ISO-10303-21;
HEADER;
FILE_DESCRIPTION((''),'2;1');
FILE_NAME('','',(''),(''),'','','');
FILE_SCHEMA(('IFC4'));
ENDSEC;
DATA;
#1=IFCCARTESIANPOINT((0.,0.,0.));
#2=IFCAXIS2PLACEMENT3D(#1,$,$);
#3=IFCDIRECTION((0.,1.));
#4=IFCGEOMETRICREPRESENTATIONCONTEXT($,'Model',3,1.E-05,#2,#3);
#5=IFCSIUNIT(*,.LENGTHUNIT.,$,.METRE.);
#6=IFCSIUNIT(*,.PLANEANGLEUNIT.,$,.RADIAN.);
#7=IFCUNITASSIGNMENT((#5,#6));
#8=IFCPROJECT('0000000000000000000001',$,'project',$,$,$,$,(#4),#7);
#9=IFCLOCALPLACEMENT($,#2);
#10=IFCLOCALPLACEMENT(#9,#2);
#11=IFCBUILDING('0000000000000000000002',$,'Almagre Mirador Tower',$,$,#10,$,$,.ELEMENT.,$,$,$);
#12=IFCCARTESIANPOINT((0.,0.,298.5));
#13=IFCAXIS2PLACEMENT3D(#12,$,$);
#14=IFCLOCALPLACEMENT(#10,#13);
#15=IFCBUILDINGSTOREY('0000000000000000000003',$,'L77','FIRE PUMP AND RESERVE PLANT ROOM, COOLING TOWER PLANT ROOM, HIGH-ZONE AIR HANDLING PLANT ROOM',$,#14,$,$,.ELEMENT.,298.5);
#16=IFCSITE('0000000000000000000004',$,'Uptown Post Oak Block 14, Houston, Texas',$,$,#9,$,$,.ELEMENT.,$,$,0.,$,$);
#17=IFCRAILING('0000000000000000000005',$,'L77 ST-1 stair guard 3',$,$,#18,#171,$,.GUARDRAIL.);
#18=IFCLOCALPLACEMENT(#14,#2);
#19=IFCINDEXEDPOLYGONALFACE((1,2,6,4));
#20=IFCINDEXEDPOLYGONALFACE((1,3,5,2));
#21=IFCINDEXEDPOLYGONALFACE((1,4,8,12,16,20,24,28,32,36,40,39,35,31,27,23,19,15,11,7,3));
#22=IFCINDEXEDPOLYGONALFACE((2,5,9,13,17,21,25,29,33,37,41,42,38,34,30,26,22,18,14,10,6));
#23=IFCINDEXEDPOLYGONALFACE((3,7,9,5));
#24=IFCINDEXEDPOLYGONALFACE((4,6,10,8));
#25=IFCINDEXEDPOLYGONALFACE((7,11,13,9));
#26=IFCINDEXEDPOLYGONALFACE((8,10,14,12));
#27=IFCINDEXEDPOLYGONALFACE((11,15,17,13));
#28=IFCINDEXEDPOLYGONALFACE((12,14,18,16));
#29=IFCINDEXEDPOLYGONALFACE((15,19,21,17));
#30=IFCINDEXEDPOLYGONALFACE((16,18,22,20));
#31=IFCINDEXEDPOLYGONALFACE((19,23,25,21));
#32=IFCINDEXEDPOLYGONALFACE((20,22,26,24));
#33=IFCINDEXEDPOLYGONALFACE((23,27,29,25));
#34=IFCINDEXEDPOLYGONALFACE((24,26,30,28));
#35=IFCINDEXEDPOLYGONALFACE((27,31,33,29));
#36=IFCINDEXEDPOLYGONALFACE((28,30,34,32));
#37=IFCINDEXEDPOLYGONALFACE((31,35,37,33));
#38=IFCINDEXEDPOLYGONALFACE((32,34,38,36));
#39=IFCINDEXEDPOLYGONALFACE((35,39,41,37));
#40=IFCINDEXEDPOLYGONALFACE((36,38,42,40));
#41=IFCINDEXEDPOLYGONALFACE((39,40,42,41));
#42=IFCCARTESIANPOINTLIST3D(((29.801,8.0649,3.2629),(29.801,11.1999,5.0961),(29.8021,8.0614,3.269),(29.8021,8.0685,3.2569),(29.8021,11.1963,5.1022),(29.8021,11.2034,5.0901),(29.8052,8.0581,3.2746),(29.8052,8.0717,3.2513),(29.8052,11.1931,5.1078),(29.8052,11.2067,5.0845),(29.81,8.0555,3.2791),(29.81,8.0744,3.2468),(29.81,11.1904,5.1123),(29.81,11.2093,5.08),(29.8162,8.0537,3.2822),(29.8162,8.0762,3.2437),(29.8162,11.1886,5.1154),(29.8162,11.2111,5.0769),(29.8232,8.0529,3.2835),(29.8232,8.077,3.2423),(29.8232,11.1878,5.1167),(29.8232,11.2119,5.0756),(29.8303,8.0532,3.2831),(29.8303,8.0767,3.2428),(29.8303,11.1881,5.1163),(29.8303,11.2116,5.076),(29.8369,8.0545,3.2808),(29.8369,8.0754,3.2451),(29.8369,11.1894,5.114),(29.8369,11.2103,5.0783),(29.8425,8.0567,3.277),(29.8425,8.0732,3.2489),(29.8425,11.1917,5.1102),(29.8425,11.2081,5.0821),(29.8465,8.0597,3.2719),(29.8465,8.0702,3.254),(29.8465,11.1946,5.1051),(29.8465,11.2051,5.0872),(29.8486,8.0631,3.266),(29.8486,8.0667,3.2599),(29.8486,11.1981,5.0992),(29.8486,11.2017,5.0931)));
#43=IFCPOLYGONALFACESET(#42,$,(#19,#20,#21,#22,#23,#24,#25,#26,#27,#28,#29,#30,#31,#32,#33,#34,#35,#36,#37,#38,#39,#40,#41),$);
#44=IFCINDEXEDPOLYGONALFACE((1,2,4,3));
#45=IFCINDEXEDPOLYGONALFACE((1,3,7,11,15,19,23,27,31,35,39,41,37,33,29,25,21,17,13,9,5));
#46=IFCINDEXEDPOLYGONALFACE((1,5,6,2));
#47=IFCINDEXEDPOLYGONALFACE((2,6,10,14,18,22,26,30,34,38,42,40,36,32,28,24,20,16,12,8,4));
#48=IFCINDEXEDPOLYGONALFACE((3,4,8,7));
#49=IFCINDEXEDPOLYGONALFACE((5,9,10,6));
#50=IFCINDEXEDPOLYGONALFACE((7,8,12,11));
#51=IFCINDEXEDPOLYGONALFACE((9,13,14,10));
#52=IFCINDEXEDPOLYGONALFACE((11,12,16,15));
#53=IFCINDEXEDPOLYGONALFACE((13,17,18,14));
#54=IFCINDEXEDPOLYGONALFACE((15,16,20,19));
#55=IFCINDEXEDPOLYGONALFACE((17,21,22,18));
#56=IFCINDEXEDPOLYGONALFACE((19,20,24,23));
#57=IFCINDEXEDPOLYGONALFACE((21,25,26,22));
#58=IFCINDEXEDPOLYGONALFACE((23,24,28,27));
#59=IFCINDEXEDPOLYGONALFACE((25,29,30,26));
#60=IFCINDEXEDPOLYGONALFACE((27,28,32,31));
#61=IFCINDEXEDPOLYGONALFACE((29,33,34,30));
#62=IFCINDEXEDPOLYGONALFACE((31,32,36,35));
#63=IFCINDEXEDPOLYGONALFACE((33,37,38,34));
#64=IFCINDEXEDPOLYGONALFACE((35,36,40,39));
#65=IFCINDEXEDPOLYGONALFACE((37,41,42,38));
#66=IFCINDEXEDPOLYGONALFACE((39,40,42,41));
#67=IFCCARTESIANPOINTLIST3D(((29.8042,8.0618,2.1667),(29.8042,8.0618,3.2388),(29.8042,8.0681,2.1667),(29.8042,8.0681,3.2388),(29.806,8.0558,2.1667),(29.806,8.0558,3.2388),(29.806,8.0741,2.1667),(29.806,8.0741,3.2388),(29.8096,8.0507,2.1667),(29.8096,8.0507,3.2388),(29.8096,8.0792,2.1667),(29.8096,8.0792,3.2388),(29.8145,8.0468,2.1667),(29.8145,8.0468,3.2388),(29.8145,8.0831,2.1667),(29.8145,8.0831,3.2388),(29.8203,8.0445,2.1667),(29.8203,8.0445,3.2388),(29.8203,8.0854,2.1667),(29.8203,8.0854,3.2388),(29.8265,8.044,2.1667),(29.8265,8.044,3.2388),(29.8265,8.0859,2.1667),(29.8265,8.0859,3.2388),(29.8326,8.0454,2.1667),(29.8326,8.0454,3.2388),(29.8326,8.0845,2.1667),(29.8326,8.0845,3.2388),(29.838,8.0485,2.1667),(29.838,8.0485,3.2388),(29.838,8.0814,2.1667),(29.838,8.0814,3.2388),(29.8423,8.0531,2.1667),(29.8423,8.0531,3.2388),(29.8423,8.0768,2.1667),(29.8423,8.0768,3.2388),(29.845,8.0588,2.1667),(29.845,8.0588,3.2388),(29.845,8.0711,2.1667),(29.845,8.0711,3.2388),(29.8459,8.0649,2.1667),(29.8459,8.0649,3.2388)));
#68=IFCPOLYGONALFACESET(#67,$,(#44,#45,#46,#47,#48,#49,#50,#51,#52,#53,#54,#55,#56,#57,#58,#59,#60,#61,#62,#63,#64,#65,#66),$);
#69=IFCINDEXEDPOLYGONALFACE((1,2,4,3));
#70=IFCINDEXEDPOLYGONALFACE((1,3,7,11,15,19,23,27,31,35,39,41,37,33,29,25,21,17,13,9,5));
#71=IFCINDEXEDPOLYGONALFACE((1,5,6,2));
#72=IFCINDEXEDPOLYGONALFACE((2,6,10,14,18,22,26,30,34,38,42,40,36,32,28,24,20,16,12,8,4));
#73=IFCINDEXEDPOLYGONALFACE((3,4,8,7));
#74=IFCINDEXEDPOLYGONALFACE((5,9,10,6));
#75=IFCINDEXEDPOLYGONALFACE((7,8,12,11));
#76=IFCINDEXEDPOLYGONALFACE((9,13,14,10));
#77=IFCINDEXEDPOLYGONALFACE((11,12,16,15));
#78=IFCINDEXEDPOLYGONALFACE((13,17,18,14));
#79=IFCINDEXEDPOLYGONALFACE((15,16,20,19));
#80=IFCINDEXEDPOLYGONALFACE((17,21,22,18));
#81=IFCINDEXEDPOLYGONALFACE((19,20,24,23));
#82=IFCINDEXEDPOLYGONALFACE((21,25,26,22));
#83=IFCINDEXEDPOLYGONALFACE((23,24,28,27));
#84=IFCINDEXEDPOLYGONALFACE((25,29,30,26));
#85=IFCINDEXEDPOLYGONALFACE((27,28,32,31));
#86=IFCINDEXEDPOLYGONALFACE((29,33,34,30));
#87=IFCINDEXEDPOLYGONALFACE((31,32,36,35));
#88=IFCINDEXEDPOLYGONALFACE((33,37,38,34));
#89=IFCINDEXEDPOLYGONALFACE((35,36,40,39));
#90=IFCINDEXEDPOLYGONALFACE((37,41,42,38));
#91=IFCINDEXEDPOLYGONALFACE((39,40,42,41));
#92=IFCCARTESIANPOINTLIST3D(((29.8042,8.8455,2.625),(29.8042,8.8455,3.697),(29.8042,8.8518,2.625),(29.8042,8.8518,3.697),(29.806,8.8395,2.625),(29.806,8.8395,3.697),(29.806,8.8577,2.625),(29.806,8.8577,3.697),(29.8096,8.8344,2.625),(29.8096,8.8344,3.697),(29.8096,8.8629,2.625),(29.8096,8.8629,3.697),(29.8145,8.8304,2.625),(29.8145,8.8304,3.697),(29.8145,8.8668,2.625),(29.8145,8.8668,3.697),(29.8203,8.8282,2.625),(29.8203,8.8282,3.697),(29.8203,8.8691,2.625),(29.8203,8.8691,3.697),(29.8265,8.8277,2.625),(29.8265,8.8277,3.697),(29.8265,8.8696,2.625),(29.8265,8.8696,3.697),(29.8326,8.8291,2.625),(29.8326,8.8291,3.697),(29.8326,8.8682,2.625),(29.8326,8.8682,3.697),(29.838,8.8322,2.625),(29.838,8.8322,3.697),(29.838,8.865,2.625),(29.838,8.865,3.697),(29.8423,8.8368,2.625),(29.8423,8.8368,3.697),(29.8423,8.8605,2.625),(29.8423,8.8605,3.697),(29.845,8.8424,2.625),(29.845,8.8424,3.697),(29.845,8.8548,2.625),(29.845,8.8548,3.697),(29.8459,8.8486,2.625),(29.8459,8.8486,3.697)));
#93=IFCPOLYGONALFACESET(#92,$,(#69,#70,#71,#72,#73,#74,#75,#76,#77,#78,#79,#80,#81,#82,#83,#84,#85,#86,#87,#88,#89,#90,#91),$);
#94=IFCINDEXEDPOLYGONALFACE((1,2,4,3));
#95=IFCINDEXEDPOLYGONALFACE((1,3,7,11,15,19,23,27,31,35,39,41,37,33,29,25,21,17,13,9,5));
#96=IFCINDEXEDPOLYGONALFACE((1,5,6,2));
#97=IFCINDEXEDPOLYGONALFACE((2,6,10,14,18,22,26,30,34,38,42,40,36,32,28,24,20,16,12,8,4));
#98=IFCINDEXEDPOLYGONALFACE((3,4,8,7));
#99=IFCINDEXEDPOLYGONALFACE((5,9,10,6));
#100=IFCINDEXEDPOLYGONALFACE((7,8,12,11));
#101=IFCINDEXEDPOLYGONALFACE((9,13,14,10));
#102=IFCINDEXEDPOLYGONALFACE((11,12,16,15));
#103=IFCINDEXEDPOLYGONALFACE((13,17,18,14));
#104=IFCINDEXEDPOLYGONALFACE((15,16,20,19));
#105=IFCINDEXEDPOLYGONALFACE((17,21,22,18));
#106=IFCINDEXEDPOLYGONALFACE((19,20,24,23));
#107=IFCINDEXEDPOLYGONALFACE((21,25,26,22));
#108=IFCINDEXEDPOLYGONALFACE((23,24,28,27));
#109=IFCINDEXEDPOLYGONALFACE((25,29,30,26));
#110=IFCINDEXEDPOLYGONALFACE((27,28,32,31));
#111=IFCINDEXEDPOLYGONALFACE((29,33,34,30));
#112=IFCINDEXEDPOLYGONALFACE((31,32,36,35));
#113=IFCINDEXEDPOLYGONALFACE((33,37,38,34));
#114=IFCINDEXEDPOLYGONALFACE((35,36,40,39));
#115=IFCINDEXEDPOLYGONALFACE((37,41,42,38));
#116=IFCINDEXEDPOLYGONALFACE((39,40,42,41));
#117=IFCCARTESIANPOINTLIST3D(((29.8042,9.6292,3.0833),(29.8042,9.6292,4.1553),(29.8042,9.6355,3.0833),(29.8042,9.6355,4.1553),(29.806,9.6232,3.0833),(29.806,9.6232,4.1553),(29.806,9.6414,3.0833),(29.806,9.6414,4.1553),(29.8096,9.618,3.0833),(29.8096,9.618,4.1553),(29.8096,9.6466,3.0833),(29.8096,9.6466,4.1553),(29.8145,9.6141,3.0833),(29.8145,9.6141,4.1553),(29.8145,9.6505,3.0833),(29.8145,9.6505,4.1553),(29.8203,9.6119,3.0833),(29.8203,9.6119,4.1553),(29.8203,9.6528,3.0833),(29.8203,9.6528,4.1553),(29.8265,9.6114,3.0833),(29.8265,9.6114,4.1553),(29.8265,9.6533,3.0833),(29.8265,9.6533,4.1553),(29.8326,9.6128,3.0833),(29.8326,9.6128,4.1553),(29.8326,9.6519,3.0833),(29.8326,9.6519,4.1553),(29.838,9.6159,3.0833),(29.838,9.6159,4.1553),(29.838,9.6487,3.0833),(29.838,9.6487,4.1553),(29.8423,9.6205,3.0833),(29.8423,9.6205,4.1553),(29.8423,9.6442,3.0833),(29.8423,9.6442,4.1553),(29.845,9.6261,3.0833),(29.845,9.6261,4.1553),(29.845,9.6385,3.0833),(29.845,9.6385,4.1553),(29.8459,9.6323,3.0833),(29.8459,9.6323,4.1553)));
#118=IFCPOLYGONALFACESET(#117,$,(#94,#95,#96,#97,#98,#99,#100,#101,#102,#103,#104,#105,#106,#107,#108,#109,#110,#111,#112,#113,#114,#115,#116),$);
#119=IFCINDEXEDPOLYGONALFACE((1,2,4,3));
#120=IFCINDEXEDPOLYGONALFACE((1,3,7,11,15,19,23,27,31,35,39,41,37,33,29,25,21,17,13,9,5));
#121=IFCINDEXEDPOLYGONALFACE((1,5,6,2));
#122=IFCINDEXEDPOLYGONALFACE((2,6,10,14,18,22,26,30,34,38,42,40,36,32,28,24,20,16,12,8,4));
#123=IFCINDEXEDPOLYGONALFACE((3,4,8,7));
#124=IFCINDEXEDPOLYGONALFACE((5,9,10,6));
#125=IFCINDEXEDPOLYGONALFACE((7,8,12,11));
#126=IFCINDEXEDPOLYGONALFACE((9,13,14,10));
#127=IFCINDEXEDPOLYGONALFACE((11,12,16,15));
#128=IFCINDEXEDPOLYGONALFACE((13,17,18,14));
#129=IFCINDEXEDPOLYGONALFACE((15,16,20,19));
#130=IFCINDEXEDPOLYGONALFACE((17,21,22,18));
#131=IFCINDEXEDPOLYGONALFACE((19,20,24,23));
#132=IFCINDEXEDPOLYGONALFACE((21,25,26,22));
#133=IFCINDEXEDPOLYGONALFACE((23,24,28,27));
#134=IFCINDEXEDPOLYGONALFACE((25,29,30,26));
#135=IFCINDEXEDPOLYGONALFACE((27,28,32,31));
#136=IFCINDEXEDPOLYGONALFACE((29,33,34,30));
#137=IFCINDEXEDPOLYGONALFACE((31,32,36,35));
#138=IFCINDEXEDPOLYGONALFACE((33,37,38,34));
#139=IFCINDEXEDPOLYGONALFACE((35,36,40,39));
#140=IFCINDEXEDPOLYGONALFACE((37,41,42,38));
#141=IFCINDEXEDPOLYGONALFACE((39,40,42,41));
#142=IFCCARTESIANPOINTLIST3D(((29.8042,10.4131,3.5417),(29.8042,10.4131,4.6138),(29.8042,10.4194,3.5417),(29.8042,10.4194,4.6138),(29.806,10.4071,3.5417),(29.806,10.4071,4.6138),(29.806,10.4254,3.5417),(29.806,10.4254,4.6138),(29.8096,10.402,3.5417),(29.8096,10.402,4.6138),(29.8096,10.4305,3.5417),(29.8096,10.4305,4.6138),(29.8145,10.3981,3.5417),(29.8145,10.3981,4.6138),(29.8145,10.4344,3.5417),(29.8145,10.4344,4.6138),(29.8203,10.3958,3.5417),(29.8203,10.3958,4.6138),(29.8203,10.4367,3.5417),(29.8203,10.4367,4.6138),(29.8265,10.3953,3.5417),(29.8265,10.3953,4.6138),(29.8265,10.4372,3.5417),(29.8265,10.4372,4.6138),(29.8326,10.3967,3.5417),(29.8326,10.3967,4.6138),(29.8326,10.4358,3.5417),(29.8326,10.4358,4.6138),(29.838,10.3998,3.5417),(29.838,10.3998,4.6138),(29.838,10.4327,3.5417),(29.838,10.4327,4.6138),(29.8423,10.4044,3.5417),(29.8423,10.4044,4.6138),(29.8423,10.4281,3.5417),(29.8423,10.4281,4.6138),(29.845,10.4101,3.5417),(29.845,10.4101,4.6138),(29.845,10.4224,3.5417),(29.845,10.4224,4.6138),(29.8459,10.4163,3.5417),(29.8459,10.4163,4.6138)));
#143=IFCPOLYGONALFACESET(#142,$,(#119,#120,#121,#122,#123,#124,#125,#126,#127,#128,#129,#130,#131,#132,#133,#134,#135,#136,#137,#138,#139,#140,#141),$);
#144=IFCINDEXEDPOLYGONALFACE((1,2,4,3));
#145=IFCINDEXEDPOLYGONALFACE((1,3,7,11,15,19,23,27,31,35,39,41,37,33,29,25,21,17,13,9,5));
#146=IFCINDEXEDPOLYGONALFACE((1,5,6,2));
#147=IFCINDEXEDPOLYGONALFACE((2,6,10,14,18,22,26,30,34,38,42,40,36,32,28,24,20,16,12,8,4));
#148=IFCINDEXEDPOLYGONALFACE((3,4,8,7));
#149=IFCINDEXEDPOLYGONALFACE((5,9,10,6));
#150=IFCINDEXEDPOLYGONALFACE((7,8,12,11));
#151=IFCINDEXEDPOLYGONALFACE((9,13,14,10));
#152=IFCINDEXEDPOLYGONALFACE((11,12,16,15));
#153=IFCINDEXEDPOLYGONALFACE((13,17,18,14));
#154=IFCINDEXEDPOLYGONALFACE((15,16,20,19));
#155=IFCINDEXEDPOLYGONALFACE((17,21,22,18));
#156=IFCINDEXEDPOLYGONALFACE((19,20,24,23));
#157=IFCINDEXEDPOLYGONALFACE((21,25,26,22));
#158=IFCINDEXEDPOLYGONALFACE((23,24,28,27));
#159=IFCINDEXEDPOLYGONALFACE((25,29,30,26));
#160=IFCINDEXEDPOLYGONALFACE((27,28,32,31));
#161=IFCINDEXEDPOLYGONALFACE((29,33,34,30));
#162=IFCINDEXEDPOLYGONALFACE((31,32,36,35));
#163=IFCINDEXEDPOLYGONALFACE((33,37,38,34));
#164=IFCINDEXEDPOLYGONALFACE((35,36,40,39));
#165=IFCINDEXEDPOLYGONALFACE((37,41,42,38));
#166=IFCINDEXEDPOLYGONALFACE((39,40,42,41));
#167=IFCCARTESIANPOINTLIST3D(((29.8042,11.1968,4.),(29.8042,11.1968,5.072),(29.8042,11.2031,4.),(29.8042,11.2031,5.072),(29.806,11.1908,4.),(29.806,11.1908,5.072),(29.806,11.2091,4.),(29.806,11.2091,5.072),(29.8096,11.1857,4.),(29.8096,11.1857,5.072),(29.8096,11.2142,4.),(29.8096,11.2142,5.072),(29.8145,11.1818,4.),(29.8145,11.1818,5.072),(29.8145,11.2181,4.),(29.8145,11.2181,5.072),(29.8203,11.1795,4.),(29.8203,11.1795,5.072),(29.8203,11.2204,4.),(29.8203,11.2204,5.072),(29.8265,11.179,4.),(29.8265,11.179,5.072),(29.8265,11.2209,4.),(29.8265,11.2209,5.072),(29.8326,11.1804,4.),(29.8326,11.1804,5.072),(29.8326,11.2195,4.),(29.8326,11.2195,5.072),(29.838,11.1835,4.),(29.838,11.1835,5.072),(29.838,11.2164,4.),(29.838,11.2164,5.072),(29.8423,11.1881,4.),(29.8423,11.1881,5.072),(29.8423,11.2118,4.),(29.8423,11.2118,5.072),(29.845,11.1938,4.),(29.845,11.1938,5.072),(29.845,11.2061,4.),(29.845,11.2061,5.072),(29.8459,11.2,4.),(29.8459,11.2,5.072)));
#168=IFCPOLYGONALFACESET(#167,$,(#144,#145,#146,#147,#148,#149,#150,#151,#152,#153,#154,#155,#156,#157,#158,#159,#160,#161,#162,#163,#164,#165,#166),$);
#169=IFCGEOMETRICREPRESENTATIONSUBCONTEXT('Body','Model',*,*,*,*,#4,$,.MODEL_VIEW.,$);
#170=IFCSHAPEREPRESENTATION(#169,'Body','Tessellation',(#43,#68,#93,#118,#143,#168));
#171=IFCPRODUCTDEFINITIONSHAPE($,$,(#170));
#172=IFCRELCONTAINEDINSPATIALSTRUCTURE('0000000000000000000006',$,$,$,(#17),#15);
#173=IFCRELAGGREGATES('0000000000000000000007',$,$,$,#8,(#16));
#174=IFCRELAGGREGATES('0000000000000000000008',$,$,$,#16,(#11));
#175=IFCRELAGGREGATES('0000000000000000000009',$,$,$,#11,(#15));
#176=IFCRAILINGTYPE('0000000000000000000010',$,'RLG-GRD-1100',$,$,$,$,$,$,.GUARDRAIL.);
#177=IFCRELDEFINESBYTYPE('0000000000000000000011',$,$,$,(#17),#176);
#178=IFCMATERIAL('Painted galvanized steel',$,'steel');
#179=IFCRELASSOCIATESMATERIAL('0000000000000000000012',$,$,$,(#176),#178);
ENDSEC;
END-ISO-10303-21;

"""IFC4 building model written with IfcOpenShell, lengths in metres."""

from ifc_helpers import new_model, si_unit, direction, frame, origin, origin_2d, place, context, subcontext, project, spatial, circle, extrude, material, type_object, element, save


model = new_model("IFC4")

# Units and contexts
model_context = context("Model", 3, precision=1e-05, world=origin(), true_north=direction((0.0, 1.0)))
body_context = subcontext(model_context, "Body", "Model", "MODEL_VIEW")
ifc_project = project(units=[si_unit("LENGTHUNIT", "METRE"), si_unit("PLANEANGLEUNIT", "RADIAN")], contexts=[model_context])

# Site, building, storey
site_placement = place(None, origin())
site = spatial("IfcSite", under=ifc_project, at=site_placement, Name="Uptown Post Oak Block 14, Houston, Texas", CompositionType="ELEMENT", RefElevation=0.0)
building_placement = place(site_placement, origin())
building = spatial("IfcBuilding", under=site, at=building_placement, Name="Almagre Mirador Tower", CompositionType="ELEMENT")
storey_placement = place(building_placement, frame((0.0, 0.0, 298.5)))
storey = spatial("IfcBuildingStorey", under=building, at=storey_placement, Name="L77", Description="FIRE PUMP AND RESERVE PLANT ROOM, COOLING TOWER PLANT ROOM, HIGH-ZONE AIR HANDLING PLANT ROOM", CompositionType="ELEMENT", Elevation=298.5)

# Railing
ifc_material_1 = material(Name="Painted galvanized steel", Category="steel")
railing_type_1 = type_object("IfcRailingType", Name="RLG-GRD-1100", PredefinedType="GUARDRAIL", material=ifc_material_1)
railing_1_placement = place(storey_placement, frame((29.825, 8.0649, 2.1667)))
element("IfcRailing", 1, at=railing_1_placement, inside=storey, type_object=railing_type_1, Name="L77 ST-1 stair guard 3", PredefinedType="GUARDRAIL", context=body_context, shape_type="SweptSolid", body=[
    extrude(circle(Radius=0.0239, at=origin_2d()), frame((0.0, 0.0, 1.0962), z_axis=(0.0, 0.86324, 0.504794), x_axis=(-1.0, 0.0, 0.0)), (0.0, 0.0, 1.0), 3.6316),
    extrude(circle(Radius=0.021, at=origin_2d()), origin(), (0.0, 0.0, 1.0), 1.072),
    extrude(circle(Radius=0.021, at=origin_2d()), frame((0.0, 0.7837, 0.4583)), (0.0, 0.0, 1.0), 1.072),
    extrude(circle(Radius=0.021, at=origin_2d()), frame((0.0, 1.5674, 0.9165)), (0.0, 0.0, 1.0), 1.072),
    extrude(circle(Radius=0.021, at=origin_2d()), frame((0.0, 2.3513, 1.375)), (0.0, 0.0, 1.0), 1.072),
    extrude(circle(Radius=0.021, at=origin_2d()), frame((0.0, 3.135, 1.8333)), (0.0, 0.0, 1.0), 1.072),
])

save(model, "model.ifc")
